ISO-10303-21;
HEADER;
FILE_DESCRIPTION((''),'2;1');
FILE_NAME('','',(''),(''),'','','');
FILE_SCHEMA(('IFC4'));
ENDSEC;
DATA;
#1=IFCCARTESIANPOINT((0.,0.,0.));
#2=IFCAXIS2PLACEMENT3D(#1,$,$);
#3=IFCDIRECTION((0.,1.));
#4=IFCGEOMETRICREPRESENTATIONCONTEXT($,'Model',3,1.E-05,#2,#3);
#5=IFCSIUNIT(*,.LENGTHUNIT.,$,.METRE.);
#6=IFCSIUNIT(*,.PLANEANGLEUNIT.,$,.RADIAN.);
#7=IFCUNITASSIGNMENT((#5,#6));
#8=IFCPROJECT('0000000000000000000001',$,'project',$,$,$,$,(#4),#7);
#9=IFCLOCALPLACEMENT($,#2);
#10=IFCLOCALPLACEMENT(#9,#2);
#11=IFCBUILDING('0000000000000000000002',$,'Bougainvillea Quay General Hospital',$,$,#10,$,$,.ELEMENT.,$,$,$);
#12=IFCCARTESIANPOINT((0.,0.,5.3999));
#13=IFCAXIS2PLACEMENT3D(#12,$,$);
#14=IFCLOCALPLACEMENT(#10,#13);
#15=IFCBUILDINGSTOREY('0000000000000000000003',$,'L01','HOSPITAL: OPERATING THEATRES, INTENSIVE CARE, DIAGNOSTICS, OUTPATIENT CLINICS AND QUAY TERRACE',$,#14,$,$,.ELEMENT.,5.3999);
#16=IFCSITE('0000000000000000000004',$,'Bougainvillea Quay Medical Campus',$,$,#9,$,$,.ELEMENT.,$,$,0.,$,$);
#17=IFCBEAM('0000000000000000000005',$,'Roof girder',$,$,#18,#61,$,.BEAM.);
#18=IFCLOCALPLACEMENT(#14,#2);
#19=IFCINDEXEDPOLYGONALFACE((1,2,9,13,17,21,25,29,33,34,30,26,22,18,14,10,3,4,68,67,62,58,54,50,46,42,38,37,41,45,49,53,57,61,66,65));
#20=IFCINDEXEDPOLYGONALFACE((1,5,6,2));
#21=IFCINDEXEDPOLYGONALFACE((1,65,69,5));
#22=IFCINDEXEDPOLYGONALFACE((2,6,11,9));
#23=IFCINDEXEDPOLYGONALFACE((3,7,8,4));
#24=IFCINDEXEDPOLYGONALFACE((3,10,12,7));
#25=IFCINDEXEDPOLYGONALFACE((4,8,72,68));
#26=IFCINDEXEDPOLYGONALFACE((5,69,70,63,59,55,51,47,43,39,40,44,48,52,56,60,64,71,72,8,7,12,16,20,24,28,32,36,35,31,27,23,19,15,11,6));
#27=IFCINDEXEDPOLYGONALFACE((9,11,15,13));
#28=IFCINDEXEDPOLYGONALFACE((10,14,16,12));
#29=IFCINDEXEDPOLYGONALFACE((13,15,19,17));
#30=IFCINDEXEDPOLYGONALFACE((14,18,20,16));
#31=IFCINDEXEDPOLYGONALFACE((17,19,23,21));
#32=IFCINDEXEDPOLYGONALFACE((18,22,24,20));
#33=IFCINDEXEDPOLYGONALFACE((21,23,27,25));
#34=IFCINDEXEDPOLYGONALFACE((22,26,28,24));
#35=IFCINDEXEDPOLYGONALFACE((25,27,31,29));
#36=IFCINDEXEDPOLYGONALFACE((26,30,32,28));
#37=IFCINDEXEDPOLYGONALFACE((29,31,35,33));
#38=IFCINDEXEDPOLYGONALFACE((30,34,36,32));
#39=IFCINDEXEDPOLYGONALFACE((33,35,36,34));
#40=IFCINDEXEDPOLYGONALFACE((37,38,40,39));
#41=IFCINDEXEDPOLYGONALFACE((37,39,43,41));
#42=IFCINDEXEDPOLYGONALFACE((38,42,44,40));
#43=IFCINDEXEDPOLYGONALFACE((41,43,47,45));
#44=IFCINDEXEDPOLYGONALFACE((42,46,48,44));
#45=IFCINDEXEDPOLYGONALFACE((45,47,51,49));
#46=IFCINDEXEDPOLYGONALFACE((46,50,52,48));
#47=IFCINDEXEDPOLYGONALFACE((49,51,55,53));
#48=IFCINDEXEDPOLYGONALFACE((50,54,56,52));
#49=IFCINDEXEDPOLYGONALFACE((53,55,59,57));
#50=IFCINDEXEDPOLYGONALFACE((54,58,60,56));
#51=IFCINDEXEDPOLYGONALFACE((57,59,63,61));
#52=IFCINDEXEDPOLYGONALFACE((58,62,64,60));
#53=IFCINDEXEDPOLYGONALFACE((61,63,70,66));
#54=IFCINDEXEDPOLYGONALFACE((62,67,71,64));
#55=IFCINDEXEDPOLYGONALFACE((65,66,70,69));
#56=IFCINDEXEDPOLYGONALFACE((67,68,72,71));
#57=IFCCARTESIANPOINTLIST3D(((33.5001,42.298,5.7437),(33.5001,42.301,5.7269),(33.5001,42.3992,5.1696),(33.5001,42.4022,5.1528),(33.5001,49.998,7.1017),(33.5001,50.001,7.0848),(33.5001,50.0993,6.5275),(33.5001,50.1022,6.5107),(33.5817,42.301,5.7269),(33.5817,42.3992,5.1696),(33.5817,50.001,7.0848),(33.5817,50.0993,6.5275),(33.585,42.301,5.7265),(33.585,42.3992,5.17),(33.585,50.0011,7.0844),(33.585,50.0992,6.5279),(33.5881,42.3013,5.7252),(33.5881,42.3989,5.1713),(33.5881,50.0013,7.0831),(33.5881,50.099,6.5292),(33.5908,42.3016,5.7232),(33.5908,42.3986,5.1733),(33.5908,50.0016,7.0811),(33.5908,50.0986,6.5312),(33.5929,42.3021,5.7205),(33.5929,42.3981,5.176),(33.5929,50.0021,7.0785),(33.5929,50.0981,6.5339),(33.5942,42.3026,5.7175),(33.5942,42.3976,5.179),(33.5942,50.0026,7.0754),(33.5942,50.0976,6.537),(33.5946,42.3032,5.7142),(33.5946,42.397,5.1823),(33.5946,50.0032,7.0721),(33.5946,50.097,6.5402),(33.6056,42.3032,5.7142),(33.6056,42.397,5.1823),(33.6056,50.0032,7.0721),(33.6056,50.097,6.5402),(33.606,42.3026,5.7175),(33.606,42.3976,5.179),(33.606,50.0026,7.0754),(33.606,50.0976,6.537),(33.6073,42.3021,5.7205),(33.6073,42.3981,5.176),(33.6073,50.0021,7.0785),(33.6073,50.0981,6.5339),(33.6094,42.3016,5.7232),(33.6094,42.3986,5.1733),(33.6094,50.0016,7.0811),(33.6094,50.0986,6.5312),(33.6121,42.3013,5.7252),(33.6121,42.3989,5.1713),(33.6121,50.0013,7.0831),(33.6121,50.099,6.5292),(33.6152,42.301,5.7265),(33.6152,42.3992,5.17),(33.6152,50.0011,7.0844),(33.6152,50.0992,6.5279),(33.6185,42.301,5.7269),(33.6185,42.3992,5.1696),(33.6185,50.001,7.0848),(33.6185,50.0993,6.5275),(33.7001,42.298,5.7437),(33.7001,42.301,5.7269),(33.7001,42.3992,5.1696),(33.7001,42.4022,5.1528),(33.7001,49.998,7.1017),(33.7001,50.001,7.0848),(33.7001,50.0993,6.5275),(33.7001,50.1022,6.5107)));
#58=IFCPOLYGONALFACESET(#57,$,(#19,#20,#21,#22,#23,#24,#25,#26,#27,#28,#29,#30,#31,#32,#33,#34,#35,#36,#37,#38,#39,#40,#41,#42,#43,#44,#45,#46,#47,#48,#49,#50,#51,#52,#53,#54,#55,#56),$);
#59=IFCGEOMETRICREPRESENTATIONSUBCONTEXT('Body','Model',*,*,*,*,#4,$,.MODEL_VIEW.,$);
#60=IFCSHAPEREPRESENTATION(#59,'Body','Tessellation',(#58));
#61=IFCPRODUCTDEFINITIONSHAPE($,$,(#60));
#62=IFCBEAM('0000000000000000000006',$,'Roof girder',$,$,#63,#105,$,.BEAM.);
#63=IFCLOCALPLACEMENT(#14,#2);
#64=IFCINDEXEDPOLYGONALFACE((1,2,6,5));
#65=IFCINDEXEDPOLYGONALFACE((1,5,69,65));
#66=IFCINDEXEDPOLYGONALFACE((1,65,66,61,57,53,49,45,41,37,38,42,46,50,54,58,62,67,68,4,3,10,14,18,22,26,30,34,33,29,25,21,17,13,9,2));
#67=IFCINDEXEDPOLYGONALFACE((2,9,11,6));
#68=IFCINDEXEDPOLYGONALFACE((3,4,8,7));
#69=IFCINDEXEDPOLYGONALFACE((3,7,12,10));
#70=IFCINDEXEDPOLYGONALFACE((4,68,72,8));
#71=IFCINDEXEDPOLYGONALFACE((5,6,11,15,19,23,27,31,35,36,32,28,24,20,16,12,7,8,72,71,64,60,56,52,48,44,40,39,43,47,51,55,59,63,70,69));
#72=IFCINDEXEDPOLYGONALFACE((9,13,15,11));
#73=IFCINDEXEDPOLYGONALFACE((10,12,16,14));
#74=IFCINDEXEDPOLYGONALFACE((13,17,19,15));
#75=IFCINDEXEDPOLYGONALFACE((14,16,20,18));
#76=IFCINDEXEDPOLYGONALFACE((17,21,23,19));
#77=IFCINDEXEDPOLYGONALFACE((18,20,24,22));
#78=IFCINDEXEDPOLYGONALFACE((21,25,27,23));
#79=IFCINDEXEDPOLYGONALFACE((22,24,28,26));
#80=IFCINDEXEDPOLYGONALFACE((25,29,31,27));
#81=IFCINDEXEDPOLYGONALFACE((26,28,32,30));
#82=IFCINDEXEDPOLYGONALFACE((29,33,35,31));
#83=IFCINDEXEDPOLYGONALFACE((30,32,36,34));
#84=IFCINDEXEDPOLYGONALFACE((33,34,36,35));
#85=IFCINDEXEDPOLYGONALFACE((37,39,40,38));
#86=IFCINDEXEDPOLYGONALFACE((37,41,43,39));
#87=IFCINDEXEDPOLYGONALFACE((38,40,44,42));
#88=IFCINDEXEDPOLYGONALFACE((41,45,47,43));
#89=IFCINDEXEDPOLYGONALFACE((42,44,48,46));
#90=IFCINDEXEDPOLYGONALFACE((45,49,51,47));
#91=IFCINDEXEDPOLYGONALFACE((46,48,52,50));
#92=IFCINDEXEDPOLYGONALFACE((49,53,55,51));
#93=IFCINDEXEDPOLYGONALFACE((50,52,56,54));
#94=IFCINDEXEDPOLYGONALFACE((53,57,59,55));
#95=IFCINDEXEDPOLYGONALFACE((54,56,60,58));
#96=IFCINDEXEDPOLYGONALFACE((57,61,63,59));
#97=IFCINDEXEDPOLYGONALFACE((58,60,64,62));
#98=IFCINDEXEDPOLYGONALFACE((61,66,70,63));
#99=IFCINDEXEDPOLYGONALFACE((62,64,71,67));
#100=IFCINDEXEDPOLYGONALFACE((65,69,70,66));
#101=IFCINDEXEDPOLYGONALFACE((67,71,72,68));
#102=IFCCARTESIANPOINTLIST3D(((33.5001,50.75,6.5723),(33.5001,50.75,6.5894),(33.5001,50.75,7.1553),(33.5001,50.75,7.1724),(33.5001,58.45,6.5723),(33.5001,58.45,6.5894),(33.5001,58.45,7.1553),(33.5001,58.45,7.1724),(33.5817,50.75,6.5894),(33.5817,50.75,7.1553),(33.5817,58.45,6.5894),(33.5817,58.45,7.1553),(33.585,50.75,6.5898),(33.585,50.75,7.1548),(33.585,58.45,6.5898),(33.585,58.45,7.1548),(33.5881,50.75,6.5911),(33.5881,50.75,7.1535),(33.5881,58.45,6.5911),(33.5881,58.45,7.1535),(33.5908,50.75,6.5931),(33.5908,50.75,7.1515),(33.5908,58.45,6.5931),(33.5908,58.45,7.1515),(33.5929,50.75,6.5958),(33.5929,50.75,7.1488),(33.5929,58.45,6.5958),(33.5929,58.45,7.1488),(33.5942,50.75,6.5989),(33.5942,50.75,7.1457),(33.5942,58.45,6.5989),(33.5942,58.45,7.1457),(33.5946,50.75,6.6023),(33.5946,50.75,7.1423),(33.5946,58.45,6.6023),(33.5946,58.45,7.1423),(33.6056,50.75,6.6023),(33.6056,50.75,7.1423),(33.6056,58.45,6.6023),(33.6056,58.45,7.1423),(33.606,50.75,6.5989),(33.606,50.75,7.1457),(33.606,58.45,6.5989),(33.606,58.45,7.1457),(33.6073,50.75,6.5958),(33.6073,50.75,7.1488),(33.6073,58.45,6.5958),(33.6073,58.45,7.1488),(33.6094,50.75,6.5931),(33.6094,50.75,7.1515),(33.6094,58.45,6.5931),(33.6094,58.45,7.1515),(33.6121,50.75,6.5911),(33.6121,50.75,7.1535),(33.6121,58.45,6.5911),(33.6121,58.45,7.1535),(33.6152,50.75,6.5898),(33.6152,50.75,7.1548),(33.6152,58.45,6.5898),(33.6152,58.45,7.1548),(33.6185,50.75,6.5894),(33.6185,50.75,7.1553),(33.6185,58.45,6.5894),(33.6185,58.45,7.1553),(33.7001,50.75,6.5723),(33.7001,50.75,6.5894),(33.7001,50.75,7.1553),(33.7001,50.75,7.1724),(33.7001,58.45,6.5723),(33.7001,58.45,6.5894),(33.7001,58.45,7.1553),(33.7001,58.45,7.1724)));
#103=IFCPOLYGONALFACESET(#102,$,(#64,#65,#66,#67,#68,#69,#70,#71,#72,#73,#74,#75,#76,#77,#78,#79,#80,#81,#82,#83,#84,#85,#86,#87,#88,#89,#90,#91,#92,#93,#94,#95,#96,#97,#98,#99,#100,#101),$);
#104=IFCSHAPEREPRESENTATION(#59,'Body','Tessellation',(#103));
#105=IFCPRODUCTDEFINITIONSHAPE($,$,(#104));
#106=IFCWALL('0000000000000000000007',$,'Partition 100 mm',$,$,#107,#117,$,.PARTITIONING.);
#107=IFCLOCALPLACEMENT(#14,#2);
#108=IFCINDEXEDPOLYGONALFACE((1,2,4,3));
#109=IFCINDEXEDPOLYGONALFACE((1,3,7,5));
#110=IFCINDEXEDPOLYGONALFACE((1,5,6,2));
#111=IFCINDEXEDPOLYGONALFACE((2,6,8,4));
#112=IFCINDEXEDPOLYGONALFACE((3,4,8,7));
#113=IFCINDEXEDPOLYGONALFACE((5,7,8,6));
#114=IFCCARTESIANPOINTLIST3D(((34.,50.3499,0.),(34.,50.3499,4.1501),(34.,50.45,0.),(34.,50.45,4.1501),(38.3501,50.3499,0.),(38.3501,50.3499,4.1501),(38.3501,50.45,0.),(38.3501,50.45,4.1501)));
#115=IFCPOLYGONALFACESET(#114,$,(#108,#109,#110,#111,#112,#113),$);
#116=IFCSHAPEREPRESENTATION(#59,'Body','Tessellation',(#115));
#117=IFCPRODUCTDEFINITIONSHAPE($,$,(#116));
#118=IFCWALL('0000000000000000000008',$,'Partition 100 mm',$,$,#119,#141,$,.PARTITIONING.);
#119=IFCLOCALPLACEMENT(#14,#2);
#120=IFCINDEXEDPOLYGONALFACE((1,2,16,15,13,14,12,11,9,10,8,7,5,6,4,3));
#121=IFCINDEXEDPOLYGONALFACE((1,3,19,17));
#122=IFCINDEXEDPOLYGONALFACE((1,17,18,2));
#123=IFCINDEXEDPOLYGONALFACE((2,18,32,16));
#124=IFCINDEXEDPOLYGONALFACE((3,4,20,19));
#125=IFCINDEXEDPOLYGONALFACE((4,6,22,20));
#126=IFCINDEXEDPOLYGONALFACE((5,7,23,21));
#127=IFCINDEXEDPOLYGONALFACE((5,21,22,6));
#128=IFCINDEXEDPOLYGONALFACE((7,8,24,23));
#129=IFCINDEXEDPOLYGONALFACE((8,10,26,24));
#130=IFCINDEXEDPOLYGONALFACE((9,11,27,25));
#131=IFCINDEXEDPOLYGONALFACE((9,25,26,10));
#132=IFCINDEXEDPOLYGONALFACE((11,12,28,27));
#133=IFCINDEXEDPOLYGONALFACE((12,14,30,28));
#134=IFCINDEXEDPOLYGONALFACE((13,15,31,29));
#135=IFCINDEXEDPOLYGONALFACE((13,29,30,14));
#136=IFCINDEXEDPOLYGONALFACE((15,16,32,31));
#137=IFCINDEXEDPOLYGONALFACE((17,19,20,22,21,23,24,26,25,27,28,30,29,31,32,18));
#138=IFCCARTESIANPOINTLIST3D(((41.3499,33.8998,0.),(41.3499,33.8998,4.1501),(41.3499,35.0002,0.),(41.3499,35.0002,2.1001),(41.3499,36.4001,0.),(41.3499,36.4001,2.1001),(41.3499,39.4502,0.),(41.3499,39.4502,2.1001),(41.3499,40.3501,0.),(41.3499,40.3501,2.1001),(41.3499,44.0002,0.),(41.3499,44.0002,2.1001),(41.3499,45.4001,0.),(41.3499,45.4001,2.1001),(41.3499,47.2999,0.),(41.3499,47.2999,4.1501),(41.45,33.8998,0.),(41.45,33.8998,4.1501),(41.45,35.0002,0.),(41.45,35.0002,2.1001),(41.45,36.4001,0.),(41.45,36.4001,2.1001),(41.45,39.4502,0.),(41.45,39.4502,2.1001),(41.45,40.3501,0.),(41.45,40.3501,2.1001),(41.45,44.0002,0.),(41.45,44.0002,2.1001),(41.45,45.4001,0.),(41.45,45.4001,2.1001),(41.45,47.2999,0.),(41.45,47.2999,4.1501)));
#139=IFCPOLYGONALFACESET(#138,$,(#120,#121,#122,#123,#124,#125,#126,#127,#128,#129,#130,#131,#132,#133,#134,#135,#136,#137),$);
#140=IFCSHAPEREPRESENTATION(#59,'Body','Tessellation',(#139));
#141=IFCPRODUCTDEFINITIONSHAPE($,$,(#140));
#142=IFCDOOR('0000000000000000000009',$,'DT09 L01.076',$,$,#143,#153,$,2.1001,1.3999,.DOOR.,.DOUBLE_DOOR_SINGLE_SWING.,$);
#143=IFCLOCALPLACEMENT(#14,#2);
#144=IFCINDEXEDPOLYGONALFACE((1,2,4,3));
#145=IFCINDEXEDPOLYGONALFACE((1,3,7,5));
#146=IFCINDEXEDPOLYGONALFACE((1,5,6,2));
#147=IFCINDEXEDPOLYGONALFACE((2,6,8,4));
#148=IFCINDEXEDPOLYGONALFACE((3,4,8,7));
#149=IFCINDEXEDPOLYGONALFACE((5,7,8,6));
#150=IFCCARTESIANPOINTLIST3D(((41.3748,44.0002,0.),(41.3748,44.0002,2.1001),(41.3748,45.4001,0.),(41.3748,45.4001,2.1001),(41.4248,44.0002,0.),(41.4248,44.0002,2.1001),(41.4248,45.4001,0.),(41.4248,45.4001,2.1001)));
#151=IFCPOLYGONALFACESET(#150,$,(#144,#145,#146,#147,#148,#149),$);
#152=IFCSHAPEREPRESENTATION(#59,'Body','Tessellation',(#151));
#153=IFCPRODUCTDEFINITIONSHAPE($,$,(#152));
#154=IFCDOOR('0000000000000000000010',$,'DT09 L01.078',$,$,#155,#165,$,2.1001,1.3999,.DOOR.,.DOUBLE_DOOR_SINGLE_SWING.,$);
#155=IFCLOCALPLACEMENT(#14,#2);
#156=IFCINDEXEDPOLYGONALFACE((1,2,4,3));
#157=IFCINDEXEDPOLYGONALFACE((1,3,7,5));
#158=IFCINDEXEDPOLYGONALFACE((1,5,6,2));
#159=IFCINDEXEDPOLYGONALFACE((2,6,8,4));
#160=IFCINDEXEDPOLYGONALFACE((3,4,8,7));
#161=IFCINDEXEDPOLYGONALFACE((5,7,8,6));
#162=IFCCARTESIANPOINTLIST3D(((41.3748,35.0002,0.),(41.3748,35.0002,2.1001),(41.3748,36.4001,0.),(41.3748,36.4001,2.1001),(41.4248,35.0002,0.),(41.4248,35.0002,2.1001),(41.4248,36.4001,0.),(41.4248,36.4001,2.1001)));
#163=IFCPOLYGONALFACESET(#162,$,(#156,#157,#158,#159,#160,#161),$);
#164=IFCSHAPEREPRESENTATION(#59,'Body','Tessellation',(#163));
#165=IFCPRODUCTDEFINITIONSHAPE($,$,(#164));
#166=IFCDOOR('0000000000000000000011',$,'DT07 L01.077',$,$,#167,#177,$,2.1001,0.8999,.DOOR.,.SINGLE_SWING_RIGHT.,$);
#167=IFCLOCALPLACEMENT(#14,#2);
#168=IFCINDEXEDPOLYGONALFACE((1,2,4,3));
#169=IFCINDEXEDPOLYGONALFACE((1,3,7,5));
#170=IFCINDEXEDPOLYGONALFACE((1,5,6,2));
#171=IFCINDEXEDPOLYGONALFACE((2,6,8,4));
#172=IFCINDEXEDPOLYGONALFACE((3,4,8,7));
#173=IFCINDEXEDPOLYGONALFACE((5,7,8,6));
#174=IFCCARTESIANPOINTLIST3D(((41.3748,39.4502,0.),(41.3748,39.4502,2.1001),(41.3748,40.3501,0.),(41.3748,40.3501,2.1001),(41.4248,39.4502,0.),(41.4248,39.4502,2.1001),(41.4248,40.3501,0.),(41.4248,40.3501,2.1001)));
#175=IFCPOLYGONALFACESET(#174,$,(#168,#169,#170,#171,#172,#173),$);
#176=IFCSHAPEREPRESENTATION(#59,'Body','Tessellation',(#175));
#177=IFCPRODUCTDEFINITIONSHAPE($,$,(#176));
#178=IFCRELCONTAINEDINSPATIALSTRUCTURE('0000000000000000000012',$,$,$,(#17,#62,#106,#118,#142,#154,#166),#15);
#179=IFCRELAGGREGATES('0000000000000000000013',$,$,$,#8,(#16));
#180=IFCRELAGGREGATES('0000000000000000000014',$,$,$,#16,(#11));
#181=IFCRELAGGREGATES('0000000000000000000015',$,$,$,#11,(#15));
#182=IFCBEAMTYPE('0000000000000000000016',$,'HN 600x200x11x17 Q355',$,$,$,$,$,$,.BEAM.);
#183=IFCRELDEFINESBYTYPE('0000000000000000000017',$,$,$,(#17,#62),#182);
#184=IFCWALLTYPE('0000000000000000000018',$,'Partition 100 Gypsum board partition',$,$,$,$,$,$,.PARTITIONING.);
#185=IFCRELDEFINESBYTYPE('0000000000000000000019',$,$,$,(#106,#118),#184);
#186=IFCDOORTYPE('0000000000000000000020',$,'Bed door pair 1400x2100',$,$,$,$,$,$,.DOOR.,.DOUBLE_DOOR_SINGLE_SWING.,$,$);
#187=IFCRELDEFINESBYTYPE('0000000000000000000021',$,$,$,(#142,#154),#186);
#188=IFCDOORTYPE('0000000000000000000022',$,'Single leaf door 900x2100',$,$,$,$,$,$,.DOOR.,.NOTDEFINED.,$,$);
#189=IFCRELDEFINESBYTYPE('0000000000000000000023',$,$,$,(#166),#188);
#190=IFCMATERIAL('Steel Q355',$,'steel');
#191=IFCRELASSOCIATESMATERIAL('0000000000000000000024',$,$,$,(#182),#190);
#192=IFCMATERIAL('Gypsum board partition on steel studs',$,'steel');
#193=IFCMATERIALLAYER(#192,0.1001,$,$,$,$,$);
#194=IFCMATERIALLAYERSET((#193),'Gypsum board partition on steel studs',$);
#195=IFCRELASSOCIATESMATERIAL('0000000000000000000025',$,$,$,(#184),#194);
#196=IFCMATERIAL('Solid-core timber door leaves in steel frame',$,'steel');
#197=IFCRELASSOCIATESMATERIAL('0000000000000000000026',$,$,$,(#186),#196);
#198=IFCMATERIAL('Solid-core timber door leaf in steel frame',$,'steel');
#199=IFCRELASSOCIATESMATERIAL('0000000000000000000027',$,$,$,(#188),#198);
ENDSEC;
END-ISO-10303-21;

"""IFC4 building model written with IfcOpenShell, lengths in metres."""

from ifc_helpers import new_model, si_unit, direction, frame, frame_2d, origin, origin_2d, place, context, subcontext, project, spatial, rectangle, i_section, extrude, material, layer, layer_set, material_profile, profile_set, type_object, element, fill, save


model = new_model("IFC4")

# Units and contexts
model_context = context("Model", 3, precision=1e-05, world=origin(), true_north=direction((0.0, 1.0)))
body_context = subcontext(model_context, "Body", "Model", "MODEL_VIEW")
ifc_project = project(units=[si_unit("LENGTHUNIT", "METRE"), si_unit("PLANEANGLEUNIT", "RADIAN")], contexts=[model_context])

# Site, building, storey
site_placement = place(None, origin())
site = spatial("IfcSite", under=ifc_project, at=site_placement, Name="Bougainvillea Quay Medical Campus", CompositionType="ELEMENT", RefElevation=0.0)
building_placement = place(site_placement, origin())
building = spatial("IfcBuilding", under=site, at=building_placement, Name="Bougainvillea Quay General Hospital", CompositionType="ELEMENT")
storey_placement = place(building_placement, frame((0.0, 0.0, 5.3999)))
storey = spatial("IfcBuildingStorey", under=building, at=storey_placement, Name="L01", Description="HOSPITAL: OPERATING THEATRES, INTENSIVE CARE, DIAGNOSTICS, OUTPATIENT CLINICS AND QUAY TERRACE", CompositionType="ELEMENT", Elevation=5.3999)

# Beams
ifc_material_1 = material(Name="Steel Q355", Category="steel")
ifc_material_profile_1 = material_profile(ifc_material_1, i_section(OverallWidth=0.2, OverallDepth=0.6001, WebThickness=0.011, FlangeThickness=0.0171, FilletRadius=0.0129, at=origin_2d()))
ifc_profile_set_1 = profile_set([ifc_material_profile_1], Name="Steel Q355")
beam_type = type_object("IfcBeamType", Name="HN 600x200x11x17 Q355", PredefinedType="BEAM", material=ifc_profile_set_1)
for number, where, z_axis, x_axis, name in (
    (1, (33.6001, 42.3501, 5.4482), (0.0, 0.984803, 0.173673), (-1.0, 0.0, 0.0), "Roof girder"),
):
    element("IfcBeam", number, at=place(storey_placement, frame(where, z_axis=z_axis, x_axis=x_axis)), inside=storey, type_object=beam_type, Name=name, PredefinedType="BEAM", context=body_context, shape_type="SweptSolid", body=[
        extrude(i_section(OverallWidth=0.2, OverallDepth=0.6001, WebThickness=0.011, FlangeThickness=0.0171, FilletRadius=0.0129, at=origin_2d()), origin(), (0.0, 0.0, 1.0), 7.8188),
    ])
beam_1_placement = place(storey_placement, frame((33.6001, 50.75, 6.8723), z_axis=(0.0, 1.0, 0.0), x_axis=(-1.0, 0.0, 0.0)))
element("IfcBeam", 2, at=beam_1_placement, inside=storey, type_object=beam_type, Name="Roof girder", PredefinedType="BEAM", context=body_context, shape_type="SweptSolid", body=[
    extrude(i_section(OverallWidth=0.2, OverallDepth=0.6001, WebThickness=0.011, FlangeThickness=0.0171, FilletRadius=0.0129, at=origin_2d()), origin(), (0.0, 0.0, 1.0), 7.7),
])

# Wall
ifc_material_2 = material(Name="Gypsum board partition on steel studs", Category="steel")
ifc_layer_1 = layer(ifc_material_2, 0.1001)
ifc_layer_set_1 = layer_set([ifc_layer_1], Name="Gypsum board partition on steel studs")
wall_type_1 = type_object("IfcWallType", Name="Partition 100 Gypsum board partition", PredefinedType="PARTITIONING", material=ifc_layer_set_1)
wall_1_placement = place(storey_placement, frame((34.0, 50.3999, 0.0), z_axis=(0.0, 0.0, 1.0), x_axis=(1.0, 0.0, 0.0)))
element("IfcWall", 3, at=wall_1_placement, inside=storey, type_object=wall_type_1, Name="Partition 100 mm", PredefinedType="PARTITIONING", context=body_context, shape_type="SweptSolid", body=[
    extrude(rectangle(XDim=4.3501, YDim=0.1001, at=frame_2d((2.175, 0.0))), origin(), (0.0, 0.0, 1.0), 4.1501),
])

# Wall, openings, doors
wall_2_placement = place(storey_placement, frame((41.3999, 47.3, 0.0), z_axis=(0.0, 0.0, 1.0), x_axis=(0.0, -1.0, 0.0)))
wall_2 = element("IfcWall", 4, at=wall_2_placement, inside=storey, type_object=wall_type_1, Name="Partition 100 mm", PredefinedType="PARTITIONING", context=body_context, shape_type="SweptSolid", body=[
    extrude(rectangle(XDim=13.4001, YDim=0.1001, at=frame_2d((6.7002, 0.0))), origin(), (0.0, 0.0, 1.0), 4.1501),
])
opening_1_placement = place(wall_2_placement, frame((1.8999, 0.0, 0.0)))
opening_1 = element("IfcOpeningElement", 5, at=opening_1_placement, cuts=wall_2, PredefinedType="OPENING", context=body_context, shape_type="SweptSolid", body=[
    extrude(rectangle(XDim=1.3999, YDim=2.1001, at=frame_2d((0.7, 1.05))), frame((0.0, 0.0601, 0.0), z_axis=(0.0, -1.0, 0.0), x_axis=(1.0, 0.0, 0.0)), (0.0, 0.0, 1.0), 0.1201),
])
opening_2_placement = place(wall_2_placement, frame((6.95, 0.0, 0.0)))
opening_2 = element("IfcOpeningElement", 6, at=opening_2_placement, cuts=wall_2, PredefinedType="OPENING", context=body_context, shape_type="SweptSolid", body=[
    extrude(rectangle(XDim=0.8999, YDim=2.1001, at=frame_2d((0.45, 1.05))), frame((0.0, 0.0601, 0.0), z_axis=(0.0, -1.0, 0.0), x_axis=(1.0, 0.0, 0.0)), (0.0, 0.0, 1.0), 0.1201),
])
opening_3_placement = place(wall_2_placement, frame((10.8999, 0.0, 0.0)))
opening_3 = element("IfcOpeningElement", 7, at=opening_3_placement, cuts=wall_2, PredefinedType="OPENING", context=body_context, shape_type="SweptSolid", body=[
    extrude(rectangle(XDim=1.3999, YDim=2.1001, at=frame_2d((0.7, 1.05))), frame((0.0, 0.0601, 0.0), z_axis=(0.0, -1.0, 0.0), x_axis=(1.0, 0.0, 0.0)), (0.0, 0.0, 1.0), 0.1201),
])
ifc_material_3 = material(Name="Solid-core timber door leaves in steel frame", Category="steel")
door_type_1 = type_object("IfcDoorType", Name="Bed door pair 1400x2100", OperationType="DOUBLE_DOOR_SINGLE_SWING", PredefinedType="DOOR", material=ifc_material_3)
door_1_placement = place(opening_1_placement, origin())
door_1 = element("IfcDoor", 8, at=door_1_placement, inside=storey, type_object=door_type_1, Name="DT09 L01.076", OperationType="DOUBLE_DOOR_SINGLE_SWING", OverallHeight=2.1001, OverallWidth=1.3999, PredefinedType="DOOR", context=body_context, shape_type="SweptSolid", body=[
    extrude(rectangle(XDim=1.3999, YDim=2.1001, at=frame_2d((0.7, 1.05))), frame((0.0, 0.0249, 0.0), z_axis=(0.0, -1.0, 0.0), x_axis=(1.0, 0.0, 0.0)), (0.0, 0.0, 1.0), 0.05),
])
fill(opening_1, door_1)
door_2_placement = place(opening_3_placement, origin())
door_2 = element("IfcDoor", 9, at=door_2_placement, inside=storey, type_object=door_type_1, Name="DT09 L01.078", OperationType="DOUBLE_DOOR_SINGLE_SWING", OverallHeight=2.1001, OverallWidth=1.3999, PredefinedType="DOOR", context=body_context, shape_type="SweptSolid", body=[
    extrude(rectangle(XDim=1.3999, YDim=2.1001, at=frame_2d((0.7, 1.05))), frame((0.0, 0.0249, 0.0), z_axis=(0.0, -1.0, 0.0), x_axis=(1.0, 0.0, 0.0)), (0.0, 0.0, 1.0), 0.05),
])
fill(opening_3, door_2)
ifc_material_4 = material(Name="Solid-core timber door leaf in steel frame", Category="steel")
door_type_2 = type_object("IfcDoorType", Name="Single leaf door 900x2100", OperationType="NOTDEFINED", PredefinedType="DOOR", material=ifc_material_4)
door_3_placement = place(opening_2_placement, origin())
door_3 = element("IfcDoor", 10, at=door_3_placement, inside=storey, type_object=door_type_2, Name="DT07 L01.077", OperationType="SINGLE_SWING_RIGHT", OverallHeight=2.1001, OverallWidth=0.8999, PredefinedType="DOOR", context=body_context, shape_type="SweptSolid", body=[
    extrude(rectangle(XDim=0.8999, YDim=2.1001, at=frame_2d((0.45, 1.05))), frame((0.0, 0.0249, 0.0), z_axis=(0.0, -1.0, 0.0), x_axis=(1.0, 0.0, 0.0)), (0.0, 0.0, 1.0), 0.05),
])
fill(opening_2, door_3)

save(model, "model.ifc")
